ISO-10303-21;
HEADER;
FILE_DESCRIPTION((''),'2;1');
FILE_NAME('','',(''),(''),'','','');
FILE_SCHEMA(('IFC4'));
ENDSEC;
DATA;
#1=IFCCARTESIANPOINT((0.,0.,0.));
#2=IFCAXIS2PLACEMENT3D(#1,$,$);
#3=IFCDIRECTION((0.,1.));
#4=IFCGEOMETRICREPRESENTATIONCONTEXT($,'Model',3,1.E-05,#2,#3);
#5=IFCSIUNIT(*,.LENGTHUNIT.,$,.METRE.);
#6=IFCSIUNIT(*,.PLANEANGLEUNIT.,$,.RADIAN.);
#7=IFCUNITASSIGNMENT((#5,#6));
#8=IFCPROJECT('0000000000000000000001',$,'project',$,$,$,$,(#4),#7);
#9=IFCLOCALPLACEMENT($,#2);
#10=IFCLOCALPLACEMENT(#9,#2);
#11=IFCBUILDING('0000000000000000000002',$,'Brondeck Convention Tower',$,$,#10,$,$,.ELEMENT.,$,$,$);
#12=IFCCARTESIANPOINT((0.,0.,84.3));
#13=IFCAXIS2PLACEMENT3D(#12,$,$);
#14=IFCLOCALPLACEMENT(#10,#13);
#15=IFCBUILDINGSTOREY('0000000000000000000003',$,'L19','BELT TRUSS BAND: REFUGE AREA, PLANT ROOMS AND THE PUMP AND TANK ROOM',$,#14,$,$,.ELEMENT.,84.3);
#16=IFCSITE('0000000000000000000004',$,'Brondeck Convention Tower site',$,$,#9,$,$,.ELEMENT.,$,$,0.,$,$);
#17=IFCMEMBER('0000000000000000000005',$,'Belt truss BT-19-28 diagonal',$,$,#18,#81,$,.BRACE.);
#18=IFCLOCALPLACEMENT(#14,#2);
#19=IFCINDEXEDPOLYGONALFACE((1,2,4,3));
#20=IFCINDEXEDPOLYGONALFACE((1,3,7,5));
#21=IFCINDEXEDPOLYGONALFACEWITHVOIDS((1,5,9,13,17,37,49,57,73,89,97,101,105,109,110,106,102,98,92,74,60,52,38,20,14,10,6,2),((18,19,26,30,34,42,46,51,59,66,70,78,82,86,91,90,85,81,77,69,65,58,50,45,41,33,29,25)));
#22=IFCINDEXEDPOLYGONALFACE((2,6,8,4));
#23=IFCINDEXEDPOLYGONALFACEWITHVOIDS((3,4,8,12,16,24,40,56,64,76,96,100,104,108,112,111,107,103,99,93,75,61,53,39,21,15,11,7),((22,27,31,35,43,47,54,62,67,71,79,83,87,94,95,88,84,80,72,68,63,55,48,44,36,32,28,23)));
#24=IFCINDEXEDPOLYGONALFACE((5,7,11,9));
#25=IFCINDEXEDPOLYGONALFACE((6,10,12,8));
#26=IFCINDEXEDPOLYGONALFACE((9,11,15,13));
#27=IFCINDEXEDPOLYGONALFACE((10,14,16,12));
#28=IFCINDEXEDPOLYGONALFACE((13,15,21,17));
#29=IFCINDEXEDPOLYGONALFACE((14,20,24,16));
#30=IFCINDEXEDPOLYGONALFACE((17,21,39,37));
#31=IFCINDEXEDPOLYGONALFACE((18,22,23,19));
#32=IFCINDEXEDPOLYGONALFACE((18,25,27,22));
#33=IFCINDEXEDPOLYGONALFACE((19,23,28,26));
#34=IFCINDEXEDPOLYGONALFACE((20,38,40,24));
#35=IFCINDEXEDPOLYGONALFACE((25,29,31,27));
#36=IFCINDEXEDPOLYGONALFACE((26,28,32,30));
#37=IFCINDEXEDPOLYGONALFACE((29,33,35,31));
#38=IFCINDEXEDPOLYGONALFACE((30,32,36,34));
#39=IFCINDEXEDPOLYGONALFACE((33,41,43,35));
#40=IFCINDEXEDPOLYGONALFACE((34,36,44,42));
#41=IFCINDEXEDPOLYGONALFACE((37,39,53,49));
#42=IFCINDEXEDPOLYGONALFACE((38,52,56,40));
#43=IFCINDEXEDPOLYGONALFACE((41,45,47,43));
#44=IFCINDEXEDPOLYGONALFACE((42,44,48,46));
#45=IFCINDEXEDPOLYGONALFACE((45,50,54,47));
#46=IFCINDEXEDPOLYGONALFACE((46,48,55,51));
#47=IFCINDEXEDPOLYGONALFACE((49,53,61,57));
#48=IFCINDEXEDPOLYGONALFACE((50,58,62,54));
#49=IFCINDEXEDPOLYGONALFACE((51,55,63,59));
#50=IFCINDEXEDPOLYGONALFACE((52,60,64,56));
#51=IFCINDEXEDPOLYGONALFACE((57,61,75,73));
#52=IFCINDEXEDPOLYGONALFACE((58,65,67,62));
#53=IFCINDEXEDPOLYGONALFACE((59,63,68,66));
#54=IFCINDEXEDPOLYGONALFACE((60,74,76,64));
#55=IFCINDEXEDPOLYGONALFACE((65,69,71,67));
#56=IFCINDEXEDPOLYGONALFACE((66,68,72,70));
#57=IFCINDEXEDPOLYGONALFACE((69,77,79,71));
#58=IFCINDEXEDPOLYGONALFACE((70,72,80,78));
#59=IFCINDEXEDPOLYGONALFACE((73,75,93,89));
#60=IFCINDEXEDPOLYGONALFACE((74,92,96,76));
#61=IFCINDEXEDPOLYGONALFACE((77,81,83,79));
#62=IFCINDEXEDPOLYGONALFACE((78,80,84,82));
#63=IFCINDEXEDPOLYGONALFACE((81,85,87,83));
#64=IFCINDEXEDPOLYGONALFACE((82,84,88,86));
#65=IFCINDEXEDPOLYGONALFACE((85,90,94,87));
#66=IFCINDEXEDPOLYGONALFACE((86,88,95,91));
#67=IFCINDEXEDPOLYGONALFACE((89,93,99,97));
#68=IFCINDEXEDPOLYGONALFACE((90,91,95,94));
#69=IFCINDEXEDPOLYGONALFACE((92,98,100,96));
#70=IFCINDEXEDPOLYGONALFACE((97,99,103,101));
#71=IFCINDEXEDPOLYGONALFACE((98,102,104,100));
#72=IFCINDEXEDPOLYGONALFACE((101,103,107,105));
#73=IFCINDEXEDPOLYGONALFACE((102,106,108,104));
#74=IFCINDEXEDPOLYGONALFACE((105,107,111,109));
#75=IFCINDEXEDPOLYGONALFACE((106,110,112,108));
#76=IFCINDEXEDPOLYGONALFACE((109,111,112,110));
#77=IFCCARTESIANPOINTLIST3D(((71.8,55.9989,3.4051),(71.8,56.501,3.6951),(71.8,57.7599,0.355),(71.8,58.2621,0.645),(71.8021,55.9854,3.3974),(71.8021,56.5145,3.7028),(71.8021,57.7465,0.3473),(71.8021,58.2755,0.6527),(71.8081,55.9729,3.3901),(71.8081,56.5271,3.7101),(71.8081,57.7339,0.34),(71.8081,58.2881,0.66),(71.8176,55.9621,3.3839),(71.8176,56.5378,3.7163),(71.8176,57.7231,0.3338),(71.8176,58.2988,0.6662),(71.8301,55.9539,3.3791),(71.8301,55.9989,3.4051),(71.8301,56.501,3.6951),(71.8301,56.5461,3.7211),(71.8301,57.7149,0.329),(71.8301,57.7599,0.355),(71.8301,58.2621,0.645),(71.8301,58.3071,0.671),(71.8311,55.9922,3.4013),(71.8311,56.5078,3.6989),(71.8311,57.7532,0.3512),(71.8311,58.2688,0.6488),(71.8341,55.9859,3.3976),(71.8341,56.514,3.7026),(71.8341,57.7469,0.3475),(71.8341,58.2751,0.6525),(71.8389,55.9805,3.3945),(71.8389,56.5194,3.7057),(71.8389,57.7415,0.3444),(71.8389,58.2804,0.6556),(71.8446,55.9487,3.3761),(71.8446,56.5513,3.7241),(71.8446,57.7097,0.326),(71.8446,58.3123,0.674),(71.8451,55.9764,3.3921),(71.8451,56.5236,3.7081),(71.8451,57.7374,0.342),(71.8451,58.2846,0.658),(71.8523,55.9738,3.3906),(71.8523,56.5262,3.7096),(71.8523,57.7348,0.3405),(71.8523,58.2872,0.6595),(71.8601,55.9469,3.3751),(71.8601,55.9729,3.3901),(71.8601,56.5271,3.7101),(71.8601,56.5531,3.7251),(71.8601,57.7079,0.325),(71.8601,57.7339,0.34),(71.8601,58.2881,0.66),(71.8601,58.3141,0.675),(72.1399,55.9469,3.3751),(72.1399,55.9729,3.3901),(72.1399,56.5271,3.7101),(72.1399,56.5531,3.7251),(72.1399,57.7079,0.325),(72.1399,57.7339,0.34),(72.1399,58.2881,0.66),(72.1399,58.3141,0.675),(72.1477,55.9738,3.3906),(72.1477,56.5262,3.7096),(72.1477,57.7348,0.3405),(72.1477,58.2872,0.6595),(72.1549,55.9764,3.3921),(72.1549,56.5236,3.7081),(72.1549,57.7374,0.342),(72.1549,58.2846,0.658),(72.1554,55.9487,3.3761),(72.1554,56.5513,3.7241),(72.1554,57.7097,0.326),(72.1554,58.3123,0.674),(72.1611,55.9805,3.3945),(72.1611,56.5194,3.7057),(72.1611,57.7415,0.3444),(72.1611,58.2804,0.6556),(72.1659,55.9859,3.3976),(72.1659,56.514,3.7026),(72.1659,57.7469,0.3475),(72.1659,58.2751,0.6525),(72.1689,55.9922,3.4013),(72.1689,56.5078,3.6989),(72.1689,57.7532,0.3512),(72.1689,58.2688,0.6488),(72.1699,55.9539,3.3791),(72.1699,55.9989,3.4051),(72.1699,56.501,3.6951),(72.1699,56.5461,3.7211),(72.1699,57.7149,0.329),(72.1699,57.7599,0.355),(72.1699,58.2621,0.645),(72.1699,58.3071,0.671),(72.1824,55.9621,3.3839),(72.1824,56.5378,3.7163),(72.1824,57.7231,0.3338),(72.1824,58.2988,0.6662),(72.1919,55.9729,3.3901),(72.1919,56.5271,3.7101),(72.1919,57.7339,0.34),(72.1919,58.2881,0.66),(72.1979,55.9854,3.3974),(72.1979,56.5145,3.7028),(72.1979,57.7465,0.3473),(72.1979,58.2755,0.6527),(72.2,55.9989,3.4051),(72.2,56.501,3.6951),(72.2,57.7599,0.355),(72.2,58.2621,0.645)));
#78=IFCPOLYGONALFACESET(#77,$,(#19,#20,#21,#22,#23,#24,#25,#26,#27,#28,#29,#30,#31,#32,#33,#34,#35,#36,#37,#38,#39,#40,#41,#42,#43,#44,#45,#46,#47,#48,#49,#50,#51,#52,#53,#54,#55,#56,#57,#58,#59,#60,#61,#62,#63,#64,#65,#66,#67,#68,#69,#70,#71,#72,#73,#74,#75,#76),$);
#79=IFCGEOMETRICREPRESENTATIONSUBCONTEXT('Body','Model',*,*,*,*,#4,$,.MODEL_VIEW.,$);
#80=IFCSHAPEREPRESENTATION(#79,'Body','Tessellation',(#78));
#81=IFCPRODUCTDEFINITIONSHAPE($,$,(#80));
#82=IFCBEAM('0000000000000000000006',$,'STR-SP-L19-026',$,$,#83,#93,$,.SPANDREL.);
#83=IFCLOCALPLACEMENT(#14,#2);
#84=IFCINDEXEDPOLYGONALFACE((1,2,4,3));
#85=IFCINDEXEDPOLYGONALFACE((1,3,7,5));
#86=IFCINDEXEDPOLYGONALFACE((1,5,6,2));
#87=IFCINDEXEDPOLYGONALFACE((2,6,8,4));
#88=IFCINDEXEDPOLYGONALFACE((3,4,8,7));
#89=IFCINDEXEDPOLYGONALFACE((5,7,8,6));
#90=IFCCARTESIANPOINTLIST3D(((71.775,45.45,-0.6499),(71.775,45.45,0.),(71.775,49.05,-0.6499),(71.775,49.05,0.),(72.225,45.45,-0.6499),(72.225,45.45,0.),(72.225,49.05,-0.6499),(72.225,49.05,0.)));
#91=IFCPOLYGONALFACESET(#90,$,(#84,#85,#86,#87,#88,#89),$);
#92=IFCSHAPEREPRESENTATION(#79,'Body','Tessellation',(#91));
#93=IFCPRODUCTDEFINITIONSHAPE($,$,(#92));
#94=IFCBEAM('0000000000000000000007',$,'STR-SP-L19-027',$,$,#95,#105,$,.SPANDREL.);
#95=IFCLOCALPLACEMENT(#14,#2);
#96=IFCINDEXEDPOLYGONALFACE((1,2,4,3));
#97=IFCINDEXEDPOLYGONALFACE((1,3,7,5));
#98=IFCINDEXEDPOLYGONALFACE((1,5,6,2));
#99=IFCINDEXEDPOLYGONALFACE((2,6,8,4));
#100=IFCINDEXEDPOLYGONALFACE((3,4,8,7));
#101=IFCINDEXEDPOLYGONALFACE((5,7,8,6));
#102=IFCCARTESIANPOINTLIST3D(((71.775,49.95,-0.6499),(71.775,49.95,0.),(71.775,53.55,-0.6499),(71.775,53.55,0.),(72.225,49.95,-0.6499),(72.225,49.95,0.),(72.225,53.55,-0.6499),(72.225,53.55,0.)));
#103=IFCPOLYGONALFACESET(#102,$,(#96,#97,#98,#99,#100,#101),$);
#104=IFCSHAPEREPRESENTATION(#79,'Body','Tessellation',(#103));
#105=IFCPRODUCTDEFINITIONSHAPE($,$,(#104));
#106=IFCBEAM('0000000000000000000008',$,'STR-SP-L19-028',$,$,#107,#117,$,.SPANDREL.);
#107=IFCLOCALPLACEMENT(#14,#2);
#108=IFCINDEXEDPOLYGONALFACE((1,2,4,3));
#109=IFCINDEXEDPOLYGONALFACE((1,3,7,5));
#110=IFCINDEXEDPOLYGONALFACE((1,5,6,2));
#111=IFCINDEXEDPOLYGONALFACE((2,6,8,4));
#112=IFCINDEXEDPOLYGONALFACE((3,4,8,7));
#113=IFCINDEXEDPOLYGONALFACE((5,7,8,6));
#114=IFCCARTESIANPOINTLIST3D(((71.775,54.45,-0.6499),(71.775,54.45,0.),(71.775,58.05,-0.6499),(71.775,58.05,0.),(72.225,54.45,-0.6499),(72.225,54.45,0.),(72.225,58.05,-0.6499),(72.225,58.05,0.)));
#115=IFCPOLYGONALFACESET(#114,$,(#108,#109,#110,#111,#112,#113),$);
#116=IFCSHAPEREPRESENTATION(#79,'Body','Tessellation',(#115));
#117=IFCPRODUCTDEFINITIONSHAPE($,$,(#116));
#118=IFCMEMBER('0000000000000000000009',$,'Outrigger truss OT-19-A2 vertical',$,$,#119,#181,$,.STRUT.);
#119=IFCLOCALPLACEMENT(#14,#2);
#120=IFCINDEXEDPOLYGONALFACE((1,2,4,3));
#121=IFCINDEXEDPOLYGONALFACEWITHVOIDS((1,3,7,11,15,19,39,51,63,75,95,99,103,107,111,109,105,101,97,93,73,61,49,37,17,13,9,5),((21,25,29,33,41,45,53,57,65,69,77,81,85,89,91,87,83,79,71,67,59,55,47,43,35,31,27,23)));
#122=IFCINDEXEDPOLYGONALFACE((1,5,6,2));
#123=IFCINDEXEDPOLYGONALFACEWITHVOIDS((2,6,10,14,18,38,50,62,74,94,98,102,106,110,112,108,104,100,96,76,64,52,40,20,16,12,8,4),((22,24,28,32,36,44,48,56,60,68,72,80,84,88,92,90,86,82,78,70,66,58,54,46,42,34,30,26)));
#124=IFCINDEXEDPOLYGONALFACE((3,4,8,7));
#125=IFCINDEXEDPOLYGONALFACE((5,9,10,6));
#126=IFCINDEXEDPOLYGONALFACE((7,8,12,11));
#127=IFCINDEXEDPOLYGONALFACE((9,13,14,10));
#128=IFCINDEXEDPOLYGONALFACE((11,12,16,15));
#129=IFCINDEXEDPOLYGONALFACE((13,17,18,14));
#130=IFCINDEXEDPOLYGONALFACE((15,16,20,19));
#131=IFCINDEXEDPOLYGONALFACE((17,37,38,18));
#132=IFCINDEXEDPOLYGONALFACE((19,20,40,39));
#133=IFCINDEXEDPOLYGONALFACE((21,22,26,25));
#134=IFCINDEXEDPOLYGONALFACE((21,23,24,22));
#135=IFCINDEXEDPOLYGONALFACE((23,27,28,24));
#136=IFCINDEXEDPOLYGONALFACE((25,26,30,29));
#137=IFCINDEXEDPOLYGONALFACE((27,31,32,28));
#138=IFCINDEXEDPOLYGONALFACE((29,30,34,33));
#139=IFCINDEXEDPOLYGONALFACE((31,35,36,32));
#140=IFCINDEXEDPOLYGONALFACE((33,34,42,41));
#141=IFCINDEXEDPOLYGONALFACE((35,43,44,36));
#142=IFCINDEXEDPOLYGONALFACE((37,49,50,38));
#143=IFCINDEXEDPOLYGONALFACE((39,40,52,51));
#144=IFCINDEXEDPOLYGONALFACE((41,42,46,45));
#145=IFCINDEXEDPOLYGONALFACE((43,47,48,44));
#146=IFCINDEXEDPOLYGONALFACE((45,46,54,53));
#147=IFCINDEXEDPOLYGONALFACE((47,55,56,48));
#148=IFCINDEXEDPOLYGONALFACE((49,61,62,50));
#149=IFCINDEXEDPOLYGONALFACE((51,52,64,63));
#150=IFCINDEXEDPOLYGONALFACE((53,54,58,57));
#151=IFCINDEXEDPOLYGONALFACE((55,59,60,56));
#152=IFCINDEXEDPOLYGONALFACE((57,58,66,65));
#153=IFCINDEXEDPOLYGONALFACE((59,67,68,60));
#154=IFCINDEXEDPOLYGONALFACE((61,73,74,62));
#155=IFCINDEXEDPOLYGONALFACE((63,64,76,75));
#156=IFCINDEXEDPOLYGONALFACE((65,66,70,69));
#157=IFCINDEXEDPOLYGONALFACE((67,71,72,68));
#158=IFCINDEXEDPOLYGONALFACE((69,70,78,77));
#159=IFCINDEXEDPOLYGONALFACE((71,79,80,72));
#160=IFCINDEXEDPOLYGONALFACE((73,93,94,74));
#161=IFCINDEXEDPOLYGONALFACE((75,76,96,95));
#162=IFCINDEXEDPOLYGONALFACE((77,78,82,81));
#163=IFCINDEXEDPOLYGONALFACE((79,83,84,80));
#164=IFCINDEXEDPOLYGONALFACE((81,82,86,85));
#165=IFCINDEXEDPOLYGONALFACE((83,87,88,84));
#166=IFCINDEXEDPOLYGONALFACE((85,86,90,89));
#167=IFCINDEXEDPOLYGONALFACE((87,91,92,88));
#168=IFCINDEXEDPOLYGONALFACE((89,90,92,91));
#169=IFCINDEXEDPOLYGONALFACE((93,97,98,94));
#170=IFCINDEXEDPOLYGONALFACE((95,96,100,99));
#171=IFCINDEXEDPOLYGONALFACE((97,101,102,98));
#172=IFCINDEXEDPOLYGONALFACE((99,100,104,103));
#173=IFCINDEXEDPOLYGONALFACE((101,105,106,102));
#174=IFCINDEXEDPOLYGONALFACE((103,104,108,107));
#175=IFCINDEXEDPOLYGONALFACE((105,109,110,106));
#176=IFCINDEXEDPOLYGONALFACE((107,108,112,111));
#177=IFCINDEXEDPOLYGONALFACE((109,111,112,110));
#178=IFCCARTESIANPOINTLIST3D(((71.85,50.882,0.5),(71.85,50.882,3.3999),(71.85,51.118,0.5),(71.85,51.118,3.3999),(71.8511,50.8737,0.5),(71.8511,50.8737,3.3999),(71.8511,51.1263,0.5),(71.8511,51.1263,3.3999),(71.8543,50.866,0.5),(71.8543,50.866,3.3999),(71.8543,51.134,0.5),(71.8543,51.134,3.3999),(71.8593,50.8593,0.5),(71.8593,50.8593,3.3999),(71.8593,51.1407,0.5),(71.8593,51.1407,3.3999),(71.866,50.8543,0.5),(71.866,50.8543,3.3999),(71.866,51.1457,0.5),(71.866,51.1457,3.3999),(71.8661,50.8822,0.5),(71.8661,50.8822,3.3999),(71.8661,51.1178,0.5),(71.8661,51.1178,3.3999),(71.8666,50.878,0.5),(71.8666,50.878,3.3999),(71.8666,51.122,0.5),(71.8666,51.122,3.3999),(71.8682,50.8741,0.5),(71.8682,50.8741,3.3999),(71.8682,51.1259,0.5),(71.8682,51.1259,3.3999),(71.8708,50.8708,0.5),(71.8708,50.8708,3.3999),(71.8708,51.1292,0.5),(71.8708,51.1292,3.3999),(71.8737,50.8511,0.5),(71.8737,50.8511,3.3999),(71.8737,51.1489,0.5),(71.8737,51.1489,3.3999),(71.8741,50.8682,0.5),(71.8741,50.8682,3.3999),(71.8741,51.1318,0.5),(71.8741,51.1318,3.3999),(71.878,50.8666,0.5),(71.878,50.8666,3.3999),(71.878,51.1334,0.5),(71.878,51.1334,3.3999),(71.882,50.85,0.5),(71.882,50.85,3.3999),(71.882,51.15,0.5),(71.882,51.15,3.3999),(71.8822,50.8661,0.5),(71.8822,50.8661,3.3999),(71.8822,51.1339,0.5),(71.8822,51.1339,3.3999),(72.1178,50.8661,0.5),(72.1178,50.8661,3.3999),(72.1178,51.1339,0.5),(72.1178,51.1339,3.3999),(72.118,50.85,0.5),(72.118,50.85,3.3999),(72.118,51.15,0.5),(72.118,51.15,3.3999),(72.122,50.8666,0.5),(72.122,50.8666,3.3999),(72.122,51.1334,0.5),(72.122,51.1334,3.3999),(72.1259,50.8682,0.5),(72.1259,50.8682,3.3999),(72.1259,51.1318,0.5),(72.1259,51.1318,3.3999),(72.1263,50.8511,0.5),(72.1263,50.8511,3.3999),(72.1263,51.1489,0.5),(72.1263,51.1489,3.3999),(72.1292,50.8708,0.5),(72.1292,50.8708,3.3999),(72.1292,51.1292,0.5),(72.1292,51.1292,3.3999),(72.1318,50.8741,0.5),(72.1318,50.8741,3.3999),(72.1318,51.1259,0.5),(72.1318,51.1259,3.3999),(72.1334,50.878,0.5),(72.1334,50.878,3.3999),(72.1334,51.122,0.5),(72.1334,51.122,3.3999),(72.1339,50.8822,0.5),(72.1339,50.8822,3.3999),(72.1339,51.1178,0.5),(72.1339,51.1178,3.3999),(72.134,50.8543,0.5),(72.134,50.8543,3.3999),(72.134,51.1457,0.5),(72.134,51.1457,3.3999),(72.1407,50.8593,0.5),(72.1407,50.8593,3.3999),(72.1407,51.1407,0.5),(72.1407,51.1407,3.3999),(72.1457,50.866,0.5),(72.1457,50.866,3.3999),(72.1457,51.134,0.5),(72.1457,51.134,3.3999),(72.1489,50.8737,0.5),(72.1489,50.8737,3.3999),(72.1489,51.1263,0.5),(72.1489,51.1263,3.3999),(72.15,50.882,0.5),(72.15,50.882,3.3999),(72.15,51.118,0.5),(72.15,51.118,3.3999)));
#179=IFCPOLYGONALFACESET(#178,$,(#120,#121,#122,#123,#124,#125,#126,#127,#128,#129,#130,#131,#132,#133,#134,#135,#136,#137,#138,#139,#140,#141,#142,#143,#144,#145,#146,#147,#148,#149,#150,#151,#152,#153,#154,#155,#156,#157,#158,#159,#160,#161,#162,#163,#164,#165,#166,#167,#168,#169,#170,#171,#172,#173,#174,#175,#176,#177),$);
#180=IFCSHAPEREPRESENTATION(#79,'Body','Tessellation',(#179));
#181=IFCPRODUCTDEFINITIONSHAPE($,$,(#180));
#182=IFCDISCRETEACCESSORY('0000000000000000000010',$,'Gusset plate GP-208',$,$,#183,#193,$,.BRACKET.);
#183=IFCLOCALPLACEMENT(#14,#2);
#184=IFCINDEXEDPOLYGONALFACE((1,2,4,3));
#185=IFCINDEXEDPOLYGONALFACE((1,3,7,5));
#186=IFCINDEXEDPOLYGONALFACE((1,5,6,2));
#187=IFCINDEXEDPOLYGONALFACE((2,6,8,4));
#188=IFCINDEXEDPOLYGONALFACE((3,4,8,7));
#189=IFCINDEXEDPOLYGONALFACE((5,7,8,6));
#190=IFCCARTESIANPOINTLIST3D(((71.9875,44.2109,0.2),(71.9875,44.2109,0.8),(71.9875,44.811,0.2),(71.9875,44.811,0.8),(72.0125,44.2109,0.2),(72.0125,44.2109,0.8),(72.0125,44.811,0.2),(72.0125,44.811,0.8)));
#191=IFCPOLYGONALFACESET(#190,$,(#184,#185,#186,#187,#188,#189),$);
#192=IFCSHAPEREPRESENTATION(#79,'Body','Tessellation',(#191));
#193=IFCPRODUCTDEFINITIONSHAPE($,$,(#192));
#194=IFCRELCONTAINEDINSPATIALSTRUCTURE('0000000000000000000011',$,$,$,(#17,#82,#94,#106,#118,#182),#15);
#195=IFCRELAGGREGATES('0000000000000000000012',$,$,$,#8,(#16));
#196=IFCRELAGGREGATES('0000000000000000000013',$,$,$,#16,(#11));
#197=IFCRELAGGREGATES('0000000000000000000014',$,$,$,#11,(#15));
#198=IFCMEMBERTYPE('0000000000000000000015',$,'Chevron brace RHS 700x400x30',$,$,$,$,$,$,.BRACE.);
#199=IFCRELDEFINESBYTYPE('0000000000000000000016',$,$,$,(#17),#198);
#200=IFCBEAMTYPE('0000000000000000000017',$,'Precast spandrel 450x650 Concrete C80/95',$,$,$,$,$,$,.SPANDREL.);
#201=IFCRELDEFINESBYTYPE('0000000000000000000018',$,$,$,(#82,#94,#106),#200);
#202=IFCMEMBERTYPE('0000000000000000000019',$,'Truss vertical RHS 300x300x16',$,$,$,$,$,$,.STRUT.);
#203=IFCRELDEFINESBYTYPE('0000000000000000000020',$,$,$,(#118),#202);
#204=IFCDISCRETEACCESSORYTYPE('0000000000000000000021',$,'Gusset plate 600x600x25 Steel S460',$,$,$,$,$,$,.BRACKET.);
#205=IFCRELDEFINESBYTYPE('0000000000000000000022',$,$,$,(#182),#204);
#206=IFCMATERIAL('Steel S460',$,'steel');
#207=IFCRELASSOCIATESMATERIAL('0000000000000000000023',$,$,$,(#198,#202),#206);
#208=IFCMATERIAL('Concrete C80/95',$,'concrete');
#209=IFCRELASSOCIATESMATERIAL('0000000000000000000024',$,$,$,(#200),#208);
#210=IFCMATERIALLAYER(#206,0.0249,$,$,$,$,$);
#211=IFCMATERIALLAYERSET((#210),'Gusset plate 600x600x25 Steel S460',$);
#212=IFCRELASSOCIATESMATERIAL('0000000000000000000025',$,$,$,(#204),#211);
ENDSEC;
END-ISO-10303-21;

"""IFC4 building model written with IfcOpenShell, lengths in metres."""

from ifc_helpers import new_model, si_unit, direction, frame, origin, origin_2d, place, context, subcontext, project, spatial, rectangle, hollow_rectangle, extrude, material, layer, layer_set, material_profile, profile_set, type_object, element, save


model = new_model("IFC4")

# Units and contexts
model_context = context("Model", 3, precision=1e-05, world=origin(), true_north=direction((0.0, 1.0)))
body_context = subcontext(model_context, "Body", "Model", "MODEL_VIEW")
ifc_project = project(units=[si_unit("LENGTHUNIT", "METRE"), si_unit("PLANEANGLEUNIT", "RADIAN")], contexts=[model_context])

# Site, building, storey
site_placement = place(None, origin())
site = spatial("IfcSite", under=ifc_project, at=site_placement, Name="Brondeck Convention Tower site", CompositionType="ELEMENT", RefElevation=0.0)
building_placement = place(site_placement, origin())
building = spatial("IfcBuilding", under=site, at=building_placement, Name="Brondeck Convention Tower", CompositionType="ELEMENT")
storey_placement = place(building_placement, frame((0.0, 0.0, 84.3)))
storey = spatial("IfcBuildingStorey", under=building, at=storey_placement, Name="L19", Description="BELT TRUSS BAND: REFUGE AREA, PLANT ROOMS AND THE PUMP AND TANK ROOM", CompositionType="ELEMENT", Elevation=84.3)

# Shared definitions
ifc_material_1 = material(Name="Concrete C80/95", Category="concrete")

# Member
ifc_material_2 = material(Name="Steel S460", Category="steel")
ifc_material_profile_1 = material_profile(ifc_material_2, hollow_rectangle(XDim=0.3999, YDim=0.7, WallThickness=0.03, InnerFilletRadius=0.03, OuterFilletRadius=0.0601, at=origin_2d()), Name="RHS 700x400x30")
ifc_profile_set_1 = profile_set([ifc_material_profile_1], Name="Steel S460")
member_type_1 = type_object("IfcMemberType", Name="Chevron brace RHS 700x400x30", PredefinedType="BRACE", material=ifc_profile_set_1)
for number, where, z_axis, x_axis, name in (
    (1, (72.0, 58.011, 0.5), (0.0, -0.500008, 0.866021), (1.0, 0.0, 0.0), "Belt truss BT-19-28 diagonal"),
):
    element("IfcMember", number, at=place(storey_placement, frame(where, z_axis=z_axis, x_axis=x_axis)), inside=storey, type_object=member_type_1, Name=name, PredefinedType="BRACE", context=body_context, shape_type="SweptSolid", body=[
        extrude(hollow_rectangle(XDim=0.3999, YDim=0.7, WallThickness=0.03, InnerFilletRadius=0.03, OuterFilletRadius=0.0601, at=origin_2d()), origin(), (0.0, 0.0, 1.0), 3.522),
    ])

# Beams
ifc_material_profile_2 = material_profile(ifc_material_1, rectangle(XDim=0.45, YDim=0.6499, at=origin_2d()), Name="Precast spandrel 450x650 Concrete C80/95")
ifc_profile_set_2 = profile_set([ifc_material_profile_2], Name="Concrete C80/95")
beam_type = type_object("IfcBeamType", Name="Precast spandrel 450x650 Concrete C80/95", PredefinedType="SPANDREL", material=ifc_profile_set_2)
for number, where, z_axis, x_axis, name in (
    (2, (72.0, 45.45, -0.325), (0.0, 1.0, 0.0), (-1.0, 0.0, 0.0), "STR-SP-L19-026"),
    (3, (72.0, 49.95, -0.325), (0.0, 1.0, 0.0), (-1.0, 0.0, 0.0), "STR-SP-L19-027"),
    (4, (72.0, 54.45, -0.325), (0.0, 1.0, 0.0), (-1.0, 0.0, 0.0), "STR-SP-L19-028"),
):
    element("IfcBeam", number, at=place(storey_placement, frame(where, z_axis=z_axis, x_axis=x_axis)), inside=storey, type_object=beam_type, Name=name, PredefinedType="SPANDREL", context=body_context, shape_type="SweptSolid", body=[
        extrude(rectangle(XDim=0.45, YDim=0.6499, at=origin_2d()), origin(), (0.0, 0.0, 1.0), 3.6001),
    ])

# Member
ifc_material_profile_3 = material_profile(ifc_material_2, hollow_rectangle(XDim=0.3, YDim=0.3, WallThickness=0.0161, InnerFilletRadius=0.0161, OuterFilletRadius=0.032, at=origin_2d()), Name="RHS 300x300x16")
ifc_profile_set_3 = profile_set([ifc_material_profile_3], Name="Steel S460")
member_type_2 = type_object("IfcMemberType", Name="Truss vertical RHS 300x300x16", PredefinedType="STRUT", material=ifc_profile_set_3)
member_placement = place(storey_placement, frame((72.0, 51.0, 0.5), z_axis=(0.0, 0.0, 1.0), x_axis=(1.0, 0.0, 0.0)))
element("IfcMember", 5, at=member_placement, inside=storey, type_object=member_type_2, Name="Outrigger truss OT-19-A2 vertical", PredefinedType="STRUT", context=body_context, shape_type="SweptSolid", body=[
    extrude(hollow_rectangle(XDim=0.3, YDim=0.3, WallThickness=0.0161, InnerFilletRadius=0.0161, OuterFilletRadius=0.032, at=origin_2d()), origin(), (0.0, 0.0, 1.0), 2.8999),
])

# Discrete accessory
ifc_layer = layer(ifc_material_2, 0.0249)
ifc_layer_set = layer_set([ifc_layer], Name="Gusset plate 600x600x25 Steel S460")
discrete_accessory_type = type_object("IfcDiscreteAccessoryType", Name="Gusset plate 600x600x25 Steel S460", PredefinedType="BRACKET", material=ifc_layer_set)
for number, where, z_axis, x_axis, name in (
    (6, (72.0, 44.511, 0.2), (0.0, 0.0, 1.0), (0.0, 1.0, 0.0), "Gusset plate GP-208"),
):
    element("IfcDiscreteAccessory", number, at=place(storey_placement, frame(where, z_axis=z_axis, x_axis=x_axis)), inside=storey, type_object=discrete_accessory_type, Name=name, PredefinedType="BRACKET", context=body_context, shape_type="SweptSolid", body=[
        extrude(rectangle(XDim=0.6001, YDim=0.0249, at=origin_2d()), origin(), (0.0, 0.0, 1.0), 0.6001),
    ])

save(model, "model.ifc")
